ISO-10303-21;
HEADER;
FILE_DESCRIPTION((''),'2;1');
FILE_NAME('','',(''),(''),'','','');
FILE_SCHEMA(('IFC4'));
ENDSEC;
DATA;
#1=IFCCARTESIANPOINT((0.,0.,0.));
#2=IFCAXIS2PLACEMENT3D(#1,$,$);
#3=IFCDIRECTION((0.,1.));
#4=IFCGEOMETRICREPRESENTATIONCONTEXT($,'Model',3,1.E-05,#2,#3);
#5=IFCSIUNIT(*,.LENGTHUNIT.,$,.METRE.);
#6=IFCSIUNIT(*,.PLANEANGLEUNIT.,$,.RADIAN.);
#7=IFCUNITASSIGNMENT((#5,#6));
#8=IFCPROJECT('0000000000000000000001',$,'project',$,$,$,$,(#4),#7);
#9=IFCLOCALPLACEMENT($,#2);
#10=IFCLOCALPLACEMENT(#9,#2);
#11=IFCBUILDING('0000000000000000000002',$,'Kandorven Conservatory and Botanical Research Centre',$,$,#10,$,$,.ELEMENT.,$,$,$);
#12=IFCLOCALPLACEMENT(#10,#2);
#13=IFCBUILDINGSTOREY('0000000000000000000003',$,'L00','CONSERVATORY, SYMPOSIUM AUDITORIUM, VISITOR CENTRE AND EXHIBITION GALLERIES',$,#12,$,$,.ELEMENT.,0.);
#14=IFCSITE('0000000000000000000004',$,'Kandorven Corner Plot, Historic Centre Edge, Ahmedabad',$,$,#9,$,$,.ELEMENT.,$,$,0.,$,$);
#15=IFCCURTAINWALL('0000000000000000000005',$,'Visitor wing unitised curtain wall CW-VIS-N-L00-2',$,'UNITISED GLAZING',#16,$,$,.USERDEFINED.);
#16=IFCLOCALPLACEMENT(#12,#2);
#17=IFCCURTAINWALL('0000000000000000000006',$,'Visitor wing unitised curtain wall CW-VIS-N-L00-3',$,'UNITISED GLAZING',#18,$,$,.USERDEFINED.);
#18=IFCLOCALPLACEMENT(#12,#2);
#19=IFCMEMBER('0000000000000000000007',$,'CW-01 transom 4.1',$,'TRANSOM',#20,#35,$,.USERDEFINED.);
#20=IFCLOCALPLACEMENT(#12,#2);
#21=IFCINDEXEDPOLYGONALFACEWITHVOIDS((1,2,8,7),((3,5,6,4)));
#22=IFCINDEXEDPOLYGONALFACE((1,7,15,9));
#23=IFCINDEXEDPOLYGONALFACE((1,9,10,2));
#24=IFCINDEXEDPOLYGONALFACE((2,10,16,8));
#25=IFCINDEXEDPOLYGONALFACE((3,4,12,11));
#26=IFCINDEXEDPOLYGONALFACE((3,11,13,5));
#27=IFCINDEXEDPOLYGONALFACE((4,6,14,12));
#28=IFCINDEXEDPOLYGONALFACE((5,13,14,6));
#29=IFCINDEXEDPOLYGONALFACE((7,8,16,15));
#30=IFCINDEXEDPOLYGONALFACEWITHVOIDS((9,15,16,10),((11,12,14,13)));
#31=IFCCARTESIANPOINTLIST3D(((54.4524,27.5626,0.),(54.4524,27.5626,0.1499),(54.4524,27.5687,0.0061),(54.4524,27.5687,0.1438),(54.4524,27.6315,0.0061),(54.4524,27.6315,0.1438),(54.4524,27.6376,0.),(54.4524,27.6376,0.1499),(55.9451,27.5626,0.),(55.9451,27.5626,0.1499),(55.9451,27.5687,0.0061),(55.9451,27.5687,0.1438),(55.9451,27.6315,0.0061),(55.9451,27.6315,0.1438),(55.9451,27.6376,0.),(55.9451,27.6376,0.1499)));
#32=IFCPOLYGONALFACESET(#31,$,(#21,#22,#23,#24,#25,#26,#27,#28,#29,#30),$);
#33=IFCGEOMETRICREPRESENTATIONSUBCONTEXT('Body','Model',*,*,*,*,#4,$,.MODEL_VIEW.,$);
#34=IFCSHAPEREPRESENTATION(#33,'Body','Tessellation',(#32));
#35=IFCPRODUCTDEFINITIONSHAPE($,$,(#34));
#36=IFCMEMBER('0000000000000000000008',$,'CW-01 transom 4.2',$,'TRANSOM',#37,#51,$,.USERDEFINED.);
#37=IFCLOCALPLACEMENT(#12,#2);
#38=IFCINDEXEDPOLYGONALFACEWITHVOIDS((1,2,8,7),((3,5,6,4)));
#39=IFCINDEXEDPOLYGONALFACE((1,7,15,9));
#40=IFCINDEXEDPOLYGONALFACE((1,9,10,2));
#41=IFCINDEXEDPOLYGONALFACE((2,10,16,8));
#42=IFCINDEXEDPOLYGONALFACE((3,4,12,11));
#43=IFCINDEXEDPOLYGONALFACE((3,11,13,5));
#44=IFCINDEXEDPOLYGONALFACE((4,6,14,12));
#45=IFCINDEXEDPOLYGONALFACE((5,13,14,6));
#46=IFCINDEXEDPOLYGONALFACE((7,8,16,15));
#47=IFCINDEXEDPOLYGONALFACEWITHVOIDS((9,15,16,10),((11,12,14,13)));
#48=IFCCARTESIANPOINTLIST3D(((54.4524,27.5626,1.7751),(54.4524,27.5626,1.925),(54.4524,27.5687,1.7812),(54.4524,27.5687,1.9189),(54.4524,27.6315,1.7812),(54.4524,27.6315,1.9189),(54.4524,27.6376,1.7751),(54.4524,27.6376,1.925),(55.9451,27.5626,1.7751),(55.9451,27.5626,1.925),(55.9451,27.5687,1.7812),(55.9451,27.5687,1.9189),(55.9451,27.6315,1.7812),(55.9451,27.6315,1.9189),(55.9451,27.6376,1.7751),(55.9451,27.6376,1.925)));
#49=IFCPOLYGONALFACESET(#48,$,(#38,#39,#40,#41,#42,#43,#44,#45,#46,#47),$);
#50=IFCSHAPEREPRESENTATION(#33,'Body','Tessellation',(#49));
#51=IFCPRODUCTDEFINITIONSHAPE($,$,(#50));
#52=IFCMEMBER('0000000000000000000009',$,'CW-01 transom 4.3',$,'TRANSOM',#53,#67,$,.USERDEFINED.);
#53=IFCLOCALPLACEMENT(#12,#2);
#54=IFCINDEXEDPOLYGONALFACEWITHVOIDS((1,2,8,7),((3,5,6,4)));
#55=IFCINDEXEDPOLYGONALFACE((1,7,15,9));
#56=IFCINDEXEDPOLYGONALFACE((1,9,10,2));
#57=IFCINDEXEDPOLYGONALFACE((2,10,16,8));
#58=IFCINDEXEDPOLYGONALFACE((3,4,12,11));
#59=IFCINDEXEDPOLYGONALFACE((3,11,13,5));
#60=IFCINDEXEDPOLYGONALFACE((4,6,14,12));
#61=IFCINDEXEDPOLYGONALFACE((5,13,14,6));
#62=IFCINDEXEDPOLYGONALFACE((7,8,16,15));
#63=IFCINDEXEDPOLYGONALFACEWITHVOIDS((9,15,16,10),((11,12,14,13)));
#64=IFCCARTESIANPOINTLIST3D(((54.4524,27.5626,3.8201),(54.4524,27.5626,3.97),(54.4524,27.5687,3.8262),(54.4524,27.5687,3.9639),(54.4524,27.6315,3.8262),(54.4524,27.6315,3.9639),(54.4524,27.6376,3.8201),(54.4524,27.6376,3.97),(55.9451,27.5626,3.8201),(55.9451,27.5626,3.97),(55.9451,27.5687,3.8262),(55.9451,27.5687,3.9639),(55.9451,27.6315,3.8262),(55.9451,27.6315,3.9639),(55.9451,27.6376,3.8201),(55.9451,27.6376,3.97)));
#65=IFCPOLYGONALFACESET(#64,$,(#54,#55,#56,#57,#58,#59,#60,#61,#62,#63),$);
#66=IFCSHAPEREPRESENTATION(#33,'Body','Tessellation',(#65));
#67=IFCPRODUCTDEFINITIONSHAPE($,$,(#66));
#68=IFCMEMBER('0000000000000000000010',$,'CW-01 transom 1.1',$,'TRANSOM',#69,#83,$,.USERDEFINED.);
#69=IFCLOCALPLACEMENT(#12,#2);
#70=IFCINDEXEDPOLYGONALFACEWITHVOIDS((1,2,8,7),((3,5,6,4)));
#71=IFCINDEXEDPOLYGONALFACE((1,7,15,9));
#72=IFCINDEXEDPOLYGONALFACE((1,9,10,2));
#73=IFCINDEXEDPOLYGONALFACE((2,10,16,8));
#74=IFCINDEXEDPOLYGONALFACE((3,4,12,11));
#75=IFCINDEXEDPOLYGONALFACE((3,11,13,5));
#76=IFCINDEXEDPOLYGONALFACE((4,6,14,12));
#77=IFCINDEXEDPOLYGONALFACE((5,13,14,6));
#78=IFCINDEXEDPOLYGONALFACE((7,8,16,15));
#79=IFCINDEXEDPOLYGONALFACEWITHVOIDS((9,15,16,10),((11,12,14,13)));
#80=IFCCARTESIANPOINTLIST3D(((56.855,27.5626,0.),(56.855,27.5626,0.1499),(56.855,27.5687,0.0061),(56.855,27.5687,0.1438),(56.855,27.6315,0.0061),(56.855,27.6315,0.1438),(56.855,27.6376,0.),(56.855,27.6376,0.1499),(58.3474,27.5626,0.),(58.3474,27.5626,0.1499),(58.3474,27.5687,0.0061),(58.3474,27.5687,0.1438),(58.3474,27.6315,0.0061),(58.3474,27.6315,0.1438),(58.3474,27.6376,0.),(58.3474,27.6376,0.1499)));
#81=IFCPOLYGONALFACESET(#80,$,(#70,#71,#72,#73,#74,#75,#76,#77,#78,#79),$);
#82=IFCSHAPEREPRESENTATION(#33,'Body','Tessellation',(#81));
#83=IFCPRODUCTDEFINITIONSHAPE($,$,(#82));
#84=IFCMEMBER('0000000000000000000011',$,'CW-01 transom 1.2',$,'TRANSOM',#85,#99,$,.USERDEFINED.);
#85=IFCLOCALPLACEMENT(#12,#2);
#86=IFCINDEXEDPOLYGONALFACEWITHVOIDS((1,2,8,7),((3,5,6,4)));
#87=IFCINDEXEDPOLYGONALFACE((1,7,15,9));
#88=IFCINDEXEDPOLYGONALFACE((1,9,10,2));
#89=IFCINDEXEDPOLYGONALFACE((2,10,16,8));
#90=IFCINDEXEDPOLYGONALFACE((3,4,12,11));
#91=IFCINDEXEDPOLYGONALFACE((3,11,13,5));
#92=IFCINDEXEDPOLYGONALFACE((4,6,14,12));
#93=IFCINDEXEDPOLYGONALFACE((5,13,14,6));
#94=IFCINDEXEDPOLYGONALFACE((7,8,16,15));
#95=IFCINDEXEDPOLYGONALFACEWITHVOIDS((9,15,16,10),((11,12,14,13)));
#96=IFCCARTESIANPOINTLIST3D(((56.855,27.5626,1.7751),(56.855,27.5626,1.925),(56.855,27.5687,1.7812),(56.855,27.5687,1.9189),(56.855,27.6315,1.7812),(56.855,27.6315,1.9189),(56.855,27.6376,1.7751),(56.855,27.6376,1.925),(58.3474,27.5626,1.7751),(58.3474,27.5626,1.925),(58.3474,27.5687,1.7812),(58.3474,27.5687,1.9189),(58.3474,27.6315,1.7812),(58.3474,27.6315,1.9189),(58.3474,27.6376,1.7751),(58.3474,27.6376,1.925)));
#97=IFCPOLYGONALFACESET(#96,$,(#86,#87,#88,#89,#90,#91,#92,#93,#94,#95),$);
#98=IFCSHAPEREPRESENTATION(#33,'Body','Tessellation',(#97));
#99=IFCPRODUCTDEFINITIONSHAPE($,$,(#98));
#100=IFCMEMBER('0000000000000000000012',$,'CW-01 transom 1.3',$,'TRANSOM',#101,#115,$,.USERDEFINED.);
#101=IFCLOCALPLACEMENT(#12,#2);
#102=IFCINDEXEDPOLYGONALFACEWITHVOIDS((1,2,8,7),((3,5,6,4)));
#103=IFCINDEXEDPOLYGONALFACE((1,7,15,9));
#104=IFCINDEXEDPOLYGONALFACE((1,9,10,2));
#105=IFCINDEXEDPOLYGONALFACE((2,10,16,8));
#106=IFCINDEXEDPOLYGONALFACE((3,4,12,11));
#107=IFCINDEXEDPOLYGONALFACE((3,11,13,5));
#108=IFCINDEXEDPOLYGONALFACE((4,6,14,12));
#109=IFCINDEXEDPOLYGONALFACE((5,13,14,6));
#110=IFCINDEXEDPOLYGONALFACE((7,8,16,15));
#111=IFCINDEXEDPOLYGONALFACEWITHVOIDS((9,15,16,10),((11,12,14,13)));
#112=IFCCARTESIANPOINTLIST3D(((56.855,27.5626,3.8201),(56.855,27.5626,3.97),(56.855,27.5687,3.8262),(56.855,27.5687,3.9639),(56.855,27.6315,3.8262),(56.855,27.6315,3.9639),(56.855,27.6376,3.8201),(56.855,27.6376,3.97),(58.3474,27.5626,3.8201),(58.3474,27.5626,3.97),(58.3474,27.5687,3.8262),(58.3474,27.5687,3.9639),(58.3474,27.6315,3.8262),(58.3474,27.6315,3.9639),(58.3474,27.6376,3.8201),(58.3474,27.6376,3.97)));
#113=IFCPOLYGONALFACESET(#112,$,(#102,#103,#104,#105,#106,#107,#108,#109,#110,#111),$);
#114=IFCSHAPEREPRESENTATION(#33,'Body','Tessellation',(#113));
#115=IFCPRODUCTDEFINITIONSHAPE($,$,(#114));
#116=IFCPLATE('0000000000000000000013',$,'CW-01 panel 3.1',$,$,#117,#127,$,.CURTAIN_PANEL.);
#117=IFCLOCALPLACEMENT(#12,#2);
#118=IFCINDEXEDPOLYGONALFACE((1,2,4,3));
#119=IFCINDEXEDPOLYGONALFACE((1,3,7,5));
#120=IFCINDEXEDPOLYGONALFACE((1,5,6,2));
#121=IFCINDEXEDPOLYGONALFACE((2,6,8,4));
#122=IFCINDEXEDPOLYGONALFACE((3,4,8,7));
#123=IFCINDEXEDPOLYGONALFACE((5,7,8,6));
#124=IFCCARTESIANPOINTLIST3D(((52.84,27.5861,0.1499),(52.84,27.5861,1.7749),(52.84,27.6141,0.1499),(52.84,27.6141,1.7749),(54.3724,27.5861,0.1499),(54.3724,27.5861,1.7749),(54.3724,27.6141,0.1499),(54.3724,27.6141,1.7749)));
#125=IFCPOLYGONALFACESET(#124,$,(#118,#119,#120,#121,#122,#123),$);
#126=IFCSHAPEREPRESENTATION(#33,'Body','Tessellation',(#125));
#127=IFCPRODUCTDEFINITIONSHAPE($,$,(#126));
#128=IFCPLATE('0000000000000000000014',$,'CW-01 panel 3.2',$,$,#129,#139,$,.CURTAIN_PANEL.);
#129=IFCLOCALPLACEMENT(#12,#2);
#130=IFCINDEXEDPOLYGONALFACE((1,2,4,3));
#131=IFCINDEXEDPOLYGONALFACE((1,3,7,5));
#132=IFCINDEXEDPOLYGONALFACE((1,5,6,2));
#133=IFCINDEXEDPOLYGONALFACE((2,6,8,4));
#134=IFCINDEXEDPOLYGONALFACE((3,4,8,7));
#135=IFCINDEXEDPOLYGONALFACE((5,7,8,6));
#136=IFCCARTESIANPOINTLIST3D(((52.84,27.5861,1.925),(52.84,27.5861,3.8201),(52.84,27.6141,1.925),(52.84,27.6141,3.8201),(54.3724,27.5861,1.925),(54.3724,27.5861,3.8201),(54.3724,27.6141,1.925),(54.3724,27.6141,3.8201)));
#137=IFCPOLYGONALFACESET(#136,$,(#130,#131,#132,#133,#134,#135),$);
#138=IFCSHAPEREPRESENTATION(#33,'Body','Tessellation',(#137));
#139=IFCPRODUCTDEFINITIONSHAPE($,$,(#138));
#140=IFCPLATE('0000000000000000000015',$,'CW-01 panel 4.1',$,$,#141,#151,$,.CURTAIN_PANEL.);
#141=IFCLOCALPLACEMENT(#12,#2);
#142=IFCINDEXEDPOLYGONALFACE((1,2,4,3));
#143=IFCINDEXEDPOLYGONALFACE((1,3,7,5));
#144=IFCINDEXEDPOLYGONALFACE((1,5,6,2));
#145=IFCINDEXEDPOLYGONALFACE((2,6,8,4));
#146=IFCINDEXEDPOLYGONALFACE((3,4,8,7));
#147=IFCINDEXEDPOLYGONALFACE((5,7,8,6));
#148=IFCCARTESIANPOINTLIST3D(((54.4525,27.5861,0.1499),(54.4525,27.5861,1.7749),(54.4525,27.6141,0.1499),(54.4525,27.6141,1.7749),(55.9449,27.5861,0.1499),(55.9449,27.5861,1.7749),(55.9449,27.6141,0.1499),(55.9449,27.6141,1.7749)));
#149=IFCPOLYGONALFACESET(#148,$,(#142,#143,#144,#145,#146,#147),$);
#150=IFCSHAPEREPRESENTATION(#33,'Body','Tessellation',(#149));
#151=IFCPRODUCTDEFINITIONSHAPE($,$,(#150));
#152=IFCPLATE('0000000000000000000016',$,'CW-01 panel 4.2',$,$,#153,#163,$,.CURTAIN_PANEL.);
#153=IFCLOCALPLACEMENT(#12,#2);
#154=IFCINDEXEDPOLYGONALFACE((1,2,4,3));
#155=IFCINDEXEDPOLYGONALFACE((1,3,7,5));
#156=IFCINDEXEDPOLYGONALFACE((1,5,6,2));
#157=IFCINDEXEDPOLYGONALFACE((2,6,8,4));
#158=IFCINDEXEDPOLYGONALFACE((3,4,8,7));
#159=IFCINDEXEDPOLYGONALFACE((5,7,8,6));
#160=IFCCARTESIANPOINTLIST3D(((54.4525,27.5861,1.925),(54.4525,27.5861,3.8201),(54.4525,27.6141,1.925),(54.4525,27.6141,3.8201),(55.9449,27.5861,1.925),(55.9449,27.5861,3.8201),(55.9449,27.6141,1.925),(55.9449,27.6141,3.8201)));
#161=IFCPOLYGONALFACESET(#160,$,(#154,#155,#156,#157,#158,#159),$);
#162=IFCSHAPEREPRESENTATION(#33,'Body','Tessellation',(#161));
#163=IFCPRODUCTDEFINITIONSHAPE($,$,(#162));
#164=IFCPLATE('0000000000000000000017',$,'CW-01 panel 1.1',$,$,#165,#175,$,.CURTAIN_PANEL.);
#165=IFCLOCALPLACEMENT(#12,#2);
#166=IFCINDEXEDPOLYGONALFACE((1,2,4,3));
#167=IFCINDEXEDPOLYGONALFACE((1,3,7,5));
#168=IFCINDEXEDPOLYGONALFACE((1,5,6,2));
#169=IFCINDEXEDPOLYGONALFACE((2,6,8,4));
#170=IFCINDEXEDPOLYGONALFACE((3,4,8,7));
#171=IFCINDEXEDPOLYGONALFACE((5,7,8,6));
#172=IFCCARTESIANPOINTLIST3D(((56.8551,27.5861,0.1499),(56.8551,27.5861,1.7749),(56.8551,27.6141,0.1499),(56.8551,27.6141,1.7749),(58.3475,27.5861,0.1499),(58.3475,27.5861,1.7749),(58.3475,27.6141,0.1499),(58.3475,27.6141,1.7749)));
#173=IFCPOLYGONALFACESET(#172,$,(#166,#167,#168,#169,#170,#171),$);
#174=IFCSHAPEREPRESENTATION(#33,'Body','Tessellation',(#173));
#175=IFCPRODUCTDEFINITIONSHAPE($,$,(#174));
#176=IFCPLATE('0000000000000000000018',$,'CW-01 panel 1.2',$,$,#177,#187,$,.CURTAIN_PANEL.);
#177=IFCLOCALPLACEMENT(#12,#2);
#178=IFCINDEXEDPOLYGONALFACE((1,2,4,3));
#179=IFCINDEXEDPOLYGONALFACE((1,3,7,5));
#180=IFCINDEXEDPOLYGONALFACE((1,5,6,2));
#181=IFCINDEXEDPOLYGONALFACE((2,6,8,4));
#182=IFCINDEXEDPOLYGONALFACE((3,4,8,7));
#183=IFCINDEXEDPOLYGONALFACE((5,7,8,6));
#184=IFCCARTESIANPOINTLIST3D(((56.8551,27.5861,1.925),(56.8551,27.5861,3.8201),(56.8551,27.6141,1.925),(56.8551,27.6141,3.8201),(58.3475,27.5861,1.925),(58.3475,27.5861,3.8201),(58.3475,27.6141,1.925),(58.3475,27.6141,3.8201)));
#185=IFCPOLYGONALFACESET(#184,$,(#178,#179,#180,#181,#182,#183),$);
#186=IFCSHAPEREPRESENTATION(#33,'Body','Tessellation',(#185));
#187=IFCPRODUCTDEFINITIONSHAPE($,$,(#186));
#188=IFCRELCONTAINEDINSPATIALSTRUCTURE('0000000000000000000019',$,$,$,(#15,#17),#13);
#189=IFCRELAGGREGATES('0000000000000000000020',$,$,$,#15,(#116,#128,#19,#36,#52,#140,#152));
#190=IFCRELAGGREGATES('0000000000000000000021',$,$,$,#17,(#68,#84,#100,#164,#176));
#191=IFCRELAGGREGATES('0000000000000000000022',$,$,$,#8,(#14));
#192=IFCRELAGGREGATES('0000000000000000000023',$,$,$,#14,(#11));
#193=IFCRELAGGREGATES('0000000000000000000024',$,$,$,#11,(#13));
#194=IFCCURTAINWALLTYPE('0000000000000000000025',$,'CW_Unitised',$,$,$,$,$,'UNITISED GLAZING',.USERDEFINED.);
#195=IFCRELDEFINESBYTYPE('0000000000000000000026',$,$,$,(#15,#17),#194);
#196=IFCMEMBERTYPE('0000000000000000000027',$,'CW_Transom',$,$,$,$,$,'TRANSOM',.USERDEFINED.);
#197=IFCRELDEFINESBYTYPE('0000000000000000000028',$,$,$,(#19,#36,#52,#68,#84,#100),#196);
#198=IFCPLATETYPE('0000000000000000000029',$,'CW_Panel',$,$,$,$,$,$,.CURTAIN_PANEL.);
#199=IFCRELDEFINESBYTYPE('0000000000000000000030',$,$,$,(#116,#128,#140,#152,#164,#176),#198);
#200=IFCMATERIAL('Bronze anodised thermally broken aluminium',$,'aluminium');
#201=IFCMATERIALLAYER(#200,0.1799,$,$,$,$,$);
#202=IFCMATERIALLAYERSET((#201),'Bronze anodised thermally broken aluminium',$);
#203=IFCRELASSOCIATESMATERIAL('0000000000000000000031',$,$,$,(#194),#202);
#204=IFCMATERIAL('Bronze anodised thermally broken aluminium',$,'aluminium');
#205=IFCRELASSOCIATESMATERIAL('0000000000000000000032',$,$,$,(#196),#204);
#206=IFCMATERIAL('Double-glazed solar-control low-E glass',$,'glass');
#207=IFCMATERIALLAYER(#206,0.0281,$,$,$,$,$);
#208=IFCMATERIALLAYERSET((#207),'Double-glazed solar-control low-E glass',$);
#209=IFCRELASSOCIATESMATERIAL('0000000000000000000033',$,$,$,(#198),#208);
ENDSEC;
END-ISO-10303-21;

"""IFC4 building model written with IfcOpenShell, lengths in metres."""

from ifc_helpers import new_model, si_unit, direction, frame, origin, origin_2d, place, context, subcontext, project, spatial, rectangle, hollow_rectangle, extrude, material, layer, layer_set, material_profile, profile_set, type_object, element, aggregate, save


model = new_model("IFC4")

# Units and contexts
model_context = context("Model", 3, precision=1e-05, world=origin(), true_north=direction((0.0, 1.0)))
body_context = subcontext(model_context, "Body", "Model", "MODEL_VIEW")
ifc_project = project(units=[si_unit("LENGTHUNIT", "METRE"), si_unit("PLANEANGLEUNIT", "RADIAN")], contexts=[model_context])

# Site, building, storey
site_placement = place(None, origin())
site = spatial("IfcSite", under=ifc_project, at=site_placement, Name="Kandorven Corner Plot, Historic Centre Edge, Ahmedabad", CompositionType="ELEMENT", RefElevation=0.0)
building_placement = place(site_placement, origin())
building = spatial("IfcBuilding", under=site, at=building_placement, Name="Kandorven Conservatory and Botanical Research Centre", CompositionType="ELEMENT")
storey_placement = place(building_placement, origin())
storey = spatial("IfcBuildingStorey", under=building, at=storey_placement, Name="L00", Description="CONSERVATORY, SYMPOSIUM AUDITORIUM, VISITOR CENTRE AND EXHIBITION GALLERIES", CompositionType="ELEMENT", Elevation=0.0)

# Curtain walls
ifc_material_1 = material(Name="Bronze anodised thermally broken aluminium", Category="aluminium")
ifc_layer_1 = layer(ifc_material_1, 0.1799)
ifc_layer_set_1 = layer_set([ifc_layer_1], Name="Bronze anodised thermally broken aluminium")
curtain_wall_type = type_object("IfcCurtainWallType", Name="CW_Unitised", ElementType="UNITISED GLAZING", PredefinedType="USERDEFINED", material=ifc_layer_set_1)
curtain_wall_1_placement = place(storey_placement, origin())
curtain_wall_1 = element("IfcCurtainWall", 1, at=curtain_wall_1_placement, inside=storey, type_object=curtain_wall_type, Name="Visitor wing unitised curtain wall CW-VIS-N-L00-2", ObjectType="UNITISED GLAZING", PredefinedType="USERDEFINED")
curtain_wall_2_placement = place(storey_placement, origin())
curtain_wall_2 = element("IfcCurtainWall", 2, at=curtain_wall_2_placement, inside=storey, type_object=curtain_wall_type, Name="Visitor wing unitised curtain wall CW-VIS-N-L00-3", ObjectType="UNITISED GLAZING", PredefinedType="USERDEFINED")

# Members
ifc_material_2 = material(Name="Bronze anodised thermally broken aluminium", Category="aluminium")
ifc_material_profile_1 = material_profile(ifc_material_2, hollow_rectangle(XDim=0.075, YDim=0.1499, WallThickness=0.0061, at=origin_2d()))
ifc_profile_set_1 = profile_set([ifc_material_profile_1], Name="Bronze anodised thermally broken aluminium")
member_type_1 = type_object("IfcMemberType", Name="CW_Transom", ElementType="TRANSOM", PredefinedType="USERDEFINED", material=ifc_profile_set_1)
member_1_placement = place(storey_placement, frame((54.4524, 27.6001, 0.075), z_axis=(1.0, 0.0, 0.0), x_axis=(0.0, 1.0, 0.0)))
member_1 = element("IfcMember", 3, at=member_1_placement, type_object=member_type_1, Name="CW-01 transom 4.1", ObjectType="TRANSOM", PredefinedType="USERDEFINED", context=body_context, shape_type="SweptSolid", body=[
    extrude(hollow_rectangle(XDim=0.075, YDim=0.1499, WallThickness=0.0061, at=origin_2d()), origin(), (0.0, 0.0, 1.0), 1.4927),
])
member_2_placement = place(storey_placement, frame((54.4524, 27.6001, 1.8501), z_axis=(1.0, 0.0, 0.0), x_axis=(0.0, 1.0, 0.0)))
member_2 = element("IfcMember", 4, at=member_2_placement, type_object=member_type_1, Name="CW-01 transom 4.2", ObjectType="TRANSOM", PredefinedType="USERDEFINED", context=body_context, shape_type="SweptSolid", body=[
    extrude(hollow_rectangle(XDim=0.075, YDim=0.1499, WallThickness=0.0061, at=origin_2d()), origin(), (0.0, 0.0, 1.0), 1.4927),
])
member_3_placement = place(storey_placement, frame((54.4524, 27.6001, 3.895), z_axis=(1.0, 0.0, 0.0), x_axis=(0.0, 1.0, 0.0)))
member_3 = element("IfcMember", 5, at=member_3_placement, type_object=member_type_1, Name="CW-01 transom 4.3", ObjectType="TRANSOM", PredefinedType="USERDEFINED", context=body_context, shape_type="SweptSolid", body=[
    extrude(hollow_rectangle(XDim=0.075, YDim=0.1499, WallThickness=0.0061, at=origin_2d()), origin(), (0.0, 0.0, 1.0), 1.4927),
])
member_4_placement = place(storey_placement, frame((56.855, 27.6001, 0.075), z_axis=(1.0, 0.0, 0.0), x_axis=(0.0, 1.0, 0.0)))
member_4 = element("IfcMember", 6, at=member_4_placement, type_object=member_type_1, Name="CW-01 transom 1.1", ObjectType="TRANSOM", PredefinedType="USERDEFINED", context=body_context, shape_type="SweptSolid", body=[
    extrude(hollow_rectangle(XDim=0.075, YDim=0.1499, WallThickness=0.0061, at=origin_2d()), origin(), (0.0, 0.0, 1.0), 1.4924),
])
member_5_placement = place(storey_placement, frame((56.855, 27.6001, 1.8501), z_axis=(1.0, 0.0, 0.0), x_axis=(0.0, 1.0, 0.0)))
member_5 = element("IfcMember", 7, at=member_5_placement, type_object=member_type_1, Name="CW-01 transom 1.2", ObjectType="TRANSOM", PredefinedType="USERDEFINED", context=body_context, shape_type="SweptSolid", body=[
    extrude(hollow_rectangle(XDim=0.075, YDim=0.1499, WallThickness=0.0061, at=origin_2d()), origin(), (0.0, 0.0, 1.0), 1.4924),
])
member_6_placement = place(storey_placement, frame((56.855, 27.6001, 3.895), z_axis=(1.0, 0.0, 0.0), x_axis=(0.0, 1.0, 0.0)))
member_6 = element("IfcMember", 8, at=member_6_placement, type_object=member_type_1, Name="CW-01 transom 1.3", ObjectType="TRANSOM", PredefinedType="USERDEFINED", context=body_context, shape_type="SweptSolid", body=[
    extrude(hollow_rectangle(XDim=0.075, YDim=0.1499, WallThickness=0.0061, at=origin_2d()), origin(), (0.0, 0.0, 1.0), 1.4924),
])

# Plates
ifc_material_3 = material(Name="Double-glazed solar-control low-E glass", Category="glass")
ifc_layer_2 = layer(ifc_material_3, 0.0281)
ifc_layer_set_2 = layer_set([ifc_layer_2], Name="Double-glazed solar-control low-E glass")
plate_type = type_object("IfcPlateType", Name="CW_Panel", PredefinedType="CURTAIN_PANEL", material=ifc_layer_set_2)
plate_1_placement = place(storey_placement, frame((53.6062, 27.6001, 0.1499), z_axis=(0.0, 0.0, 1.0), x_axis=(1.0, 0.0, 0.0)))
plate_1 = element("IfcPlate", 9, at=plate_1_placement, type_object=plate_type, Name="CW-01 panel 3.1", PredefinedType="CURTAIN_PANEL", context=body_context, shape_type="SweptSolid", body=[
    extrude(rectangle(XDim=1.5325, YDim=0.0281, at=origin_2d()), origin(), (0.0, 0.0, 1.0), 1.625),
])
plate_2_placement = place(storey_placement, frame((53.6062, 27.6001, 1.925), z_axis=(0.0, 0.0, 1.0), x_axis=(1.0, 0.0, 0.0)))
plate_2 = element("IfcPlate", 10, at=plate_2_placement, type_object=plate_type, Name="CW-01 panel 3.2", PredefinedType="CURTAIN_PANEL", context=body_context, shape_type="SweptSolid", body=[
    extrude(rectangle(XDim=1.5325, YDim=0.0281, at=origin_2d()), origin(), (0.0, 0.0, 1.0), 1.895),
])
plate_3_placement = place(storey_placement, frame((55.1987, 27.6001, 0.1499), z_axis=(0.0, 0.0, 1.0), x_axis=(1.0, 0.0, 0.0)))
plate_3 = element("IfcPlate", 11, at=plate_3_placement, type_object=plate_type, Name="CW-01 panel 4.1", PredefinedType="CURTAIN_PANEL", context=body_context, shape_type="SweptSolid", body=[
    extrude(rectangle(XDim=1.4924, YDim=0.0281, at=origin_2d()), origin(), (0.0, 0.0, 1.0), 1.625),
])
plate_4_placement = place(storey_placement, frame((55.1987, 27.6001, 1.925), z_axis=(0.0, 0.0, 1.0), x_axis=(1.0, 0.0, 0.0)))
plate_4 = element("IfcPlate", 12, at=plate_4_placement, type_object=plate_type, Name="CW-01 panel 4.2", PredefinedType="CURTAIN_PANEL", context=body_context, shape_type="SweptSolid", body=[
    extrude(rectangle(XDim=1.4924, YDim=0.0281, at=origin_2d()), origin(), (0.0, 0.0, 1.0), 1.895),
])
aggregate(curtain_wall_1, [plate_1, plate_2, member_1, member_2, member_3, plate_3, plate_4])
plate_5_placement = place(storey_placement, frame((57.6013, 27.6001, 0.1499), z_axis=(0.0, 0.0, 1.0), x_axis=(1.0, 0.0, 0.0)))
plate_5 = element("IfcPlate", 13, at=plate_5_placement, type_object=plate_type, Name="CW-01 panel 1.1", PredefinedType="CURTAIN_PANEL", context=body_context, shape_type="SweptSolid", body=[
    extrude(rectangle(XDim=1.4924, YDim=0.0281, at=origin_2d()), origin(), (0.0, 0.0, 1.0), 1.625),
])
plate_6_placement = place(storey_placement, frame((57.6013, 27.6001, 1.925), z_axis=(0.0, 0.0, 1.0), x_axis=(1.0, 0.0, 0.0)))
plate_6 = element("IfcPlate", 14, at=plate_6_placement, type_object=plate_type, Name="CW-01 panel 1.2", PredefinedType="CURTAIN_PANEL", context=body_context, shape_type="SweptSolid", body=[
    extrude(rectangle(XDim=1.4924, YDim=0.0281, at=origin_2d()), origin(), (0.0, 0.0, 1.0), 1.895),
])
aggregate(curtain_wall_2, [member_4, member_5, member_6, plate_5, plate_6])

save(model, "model.ifc")
